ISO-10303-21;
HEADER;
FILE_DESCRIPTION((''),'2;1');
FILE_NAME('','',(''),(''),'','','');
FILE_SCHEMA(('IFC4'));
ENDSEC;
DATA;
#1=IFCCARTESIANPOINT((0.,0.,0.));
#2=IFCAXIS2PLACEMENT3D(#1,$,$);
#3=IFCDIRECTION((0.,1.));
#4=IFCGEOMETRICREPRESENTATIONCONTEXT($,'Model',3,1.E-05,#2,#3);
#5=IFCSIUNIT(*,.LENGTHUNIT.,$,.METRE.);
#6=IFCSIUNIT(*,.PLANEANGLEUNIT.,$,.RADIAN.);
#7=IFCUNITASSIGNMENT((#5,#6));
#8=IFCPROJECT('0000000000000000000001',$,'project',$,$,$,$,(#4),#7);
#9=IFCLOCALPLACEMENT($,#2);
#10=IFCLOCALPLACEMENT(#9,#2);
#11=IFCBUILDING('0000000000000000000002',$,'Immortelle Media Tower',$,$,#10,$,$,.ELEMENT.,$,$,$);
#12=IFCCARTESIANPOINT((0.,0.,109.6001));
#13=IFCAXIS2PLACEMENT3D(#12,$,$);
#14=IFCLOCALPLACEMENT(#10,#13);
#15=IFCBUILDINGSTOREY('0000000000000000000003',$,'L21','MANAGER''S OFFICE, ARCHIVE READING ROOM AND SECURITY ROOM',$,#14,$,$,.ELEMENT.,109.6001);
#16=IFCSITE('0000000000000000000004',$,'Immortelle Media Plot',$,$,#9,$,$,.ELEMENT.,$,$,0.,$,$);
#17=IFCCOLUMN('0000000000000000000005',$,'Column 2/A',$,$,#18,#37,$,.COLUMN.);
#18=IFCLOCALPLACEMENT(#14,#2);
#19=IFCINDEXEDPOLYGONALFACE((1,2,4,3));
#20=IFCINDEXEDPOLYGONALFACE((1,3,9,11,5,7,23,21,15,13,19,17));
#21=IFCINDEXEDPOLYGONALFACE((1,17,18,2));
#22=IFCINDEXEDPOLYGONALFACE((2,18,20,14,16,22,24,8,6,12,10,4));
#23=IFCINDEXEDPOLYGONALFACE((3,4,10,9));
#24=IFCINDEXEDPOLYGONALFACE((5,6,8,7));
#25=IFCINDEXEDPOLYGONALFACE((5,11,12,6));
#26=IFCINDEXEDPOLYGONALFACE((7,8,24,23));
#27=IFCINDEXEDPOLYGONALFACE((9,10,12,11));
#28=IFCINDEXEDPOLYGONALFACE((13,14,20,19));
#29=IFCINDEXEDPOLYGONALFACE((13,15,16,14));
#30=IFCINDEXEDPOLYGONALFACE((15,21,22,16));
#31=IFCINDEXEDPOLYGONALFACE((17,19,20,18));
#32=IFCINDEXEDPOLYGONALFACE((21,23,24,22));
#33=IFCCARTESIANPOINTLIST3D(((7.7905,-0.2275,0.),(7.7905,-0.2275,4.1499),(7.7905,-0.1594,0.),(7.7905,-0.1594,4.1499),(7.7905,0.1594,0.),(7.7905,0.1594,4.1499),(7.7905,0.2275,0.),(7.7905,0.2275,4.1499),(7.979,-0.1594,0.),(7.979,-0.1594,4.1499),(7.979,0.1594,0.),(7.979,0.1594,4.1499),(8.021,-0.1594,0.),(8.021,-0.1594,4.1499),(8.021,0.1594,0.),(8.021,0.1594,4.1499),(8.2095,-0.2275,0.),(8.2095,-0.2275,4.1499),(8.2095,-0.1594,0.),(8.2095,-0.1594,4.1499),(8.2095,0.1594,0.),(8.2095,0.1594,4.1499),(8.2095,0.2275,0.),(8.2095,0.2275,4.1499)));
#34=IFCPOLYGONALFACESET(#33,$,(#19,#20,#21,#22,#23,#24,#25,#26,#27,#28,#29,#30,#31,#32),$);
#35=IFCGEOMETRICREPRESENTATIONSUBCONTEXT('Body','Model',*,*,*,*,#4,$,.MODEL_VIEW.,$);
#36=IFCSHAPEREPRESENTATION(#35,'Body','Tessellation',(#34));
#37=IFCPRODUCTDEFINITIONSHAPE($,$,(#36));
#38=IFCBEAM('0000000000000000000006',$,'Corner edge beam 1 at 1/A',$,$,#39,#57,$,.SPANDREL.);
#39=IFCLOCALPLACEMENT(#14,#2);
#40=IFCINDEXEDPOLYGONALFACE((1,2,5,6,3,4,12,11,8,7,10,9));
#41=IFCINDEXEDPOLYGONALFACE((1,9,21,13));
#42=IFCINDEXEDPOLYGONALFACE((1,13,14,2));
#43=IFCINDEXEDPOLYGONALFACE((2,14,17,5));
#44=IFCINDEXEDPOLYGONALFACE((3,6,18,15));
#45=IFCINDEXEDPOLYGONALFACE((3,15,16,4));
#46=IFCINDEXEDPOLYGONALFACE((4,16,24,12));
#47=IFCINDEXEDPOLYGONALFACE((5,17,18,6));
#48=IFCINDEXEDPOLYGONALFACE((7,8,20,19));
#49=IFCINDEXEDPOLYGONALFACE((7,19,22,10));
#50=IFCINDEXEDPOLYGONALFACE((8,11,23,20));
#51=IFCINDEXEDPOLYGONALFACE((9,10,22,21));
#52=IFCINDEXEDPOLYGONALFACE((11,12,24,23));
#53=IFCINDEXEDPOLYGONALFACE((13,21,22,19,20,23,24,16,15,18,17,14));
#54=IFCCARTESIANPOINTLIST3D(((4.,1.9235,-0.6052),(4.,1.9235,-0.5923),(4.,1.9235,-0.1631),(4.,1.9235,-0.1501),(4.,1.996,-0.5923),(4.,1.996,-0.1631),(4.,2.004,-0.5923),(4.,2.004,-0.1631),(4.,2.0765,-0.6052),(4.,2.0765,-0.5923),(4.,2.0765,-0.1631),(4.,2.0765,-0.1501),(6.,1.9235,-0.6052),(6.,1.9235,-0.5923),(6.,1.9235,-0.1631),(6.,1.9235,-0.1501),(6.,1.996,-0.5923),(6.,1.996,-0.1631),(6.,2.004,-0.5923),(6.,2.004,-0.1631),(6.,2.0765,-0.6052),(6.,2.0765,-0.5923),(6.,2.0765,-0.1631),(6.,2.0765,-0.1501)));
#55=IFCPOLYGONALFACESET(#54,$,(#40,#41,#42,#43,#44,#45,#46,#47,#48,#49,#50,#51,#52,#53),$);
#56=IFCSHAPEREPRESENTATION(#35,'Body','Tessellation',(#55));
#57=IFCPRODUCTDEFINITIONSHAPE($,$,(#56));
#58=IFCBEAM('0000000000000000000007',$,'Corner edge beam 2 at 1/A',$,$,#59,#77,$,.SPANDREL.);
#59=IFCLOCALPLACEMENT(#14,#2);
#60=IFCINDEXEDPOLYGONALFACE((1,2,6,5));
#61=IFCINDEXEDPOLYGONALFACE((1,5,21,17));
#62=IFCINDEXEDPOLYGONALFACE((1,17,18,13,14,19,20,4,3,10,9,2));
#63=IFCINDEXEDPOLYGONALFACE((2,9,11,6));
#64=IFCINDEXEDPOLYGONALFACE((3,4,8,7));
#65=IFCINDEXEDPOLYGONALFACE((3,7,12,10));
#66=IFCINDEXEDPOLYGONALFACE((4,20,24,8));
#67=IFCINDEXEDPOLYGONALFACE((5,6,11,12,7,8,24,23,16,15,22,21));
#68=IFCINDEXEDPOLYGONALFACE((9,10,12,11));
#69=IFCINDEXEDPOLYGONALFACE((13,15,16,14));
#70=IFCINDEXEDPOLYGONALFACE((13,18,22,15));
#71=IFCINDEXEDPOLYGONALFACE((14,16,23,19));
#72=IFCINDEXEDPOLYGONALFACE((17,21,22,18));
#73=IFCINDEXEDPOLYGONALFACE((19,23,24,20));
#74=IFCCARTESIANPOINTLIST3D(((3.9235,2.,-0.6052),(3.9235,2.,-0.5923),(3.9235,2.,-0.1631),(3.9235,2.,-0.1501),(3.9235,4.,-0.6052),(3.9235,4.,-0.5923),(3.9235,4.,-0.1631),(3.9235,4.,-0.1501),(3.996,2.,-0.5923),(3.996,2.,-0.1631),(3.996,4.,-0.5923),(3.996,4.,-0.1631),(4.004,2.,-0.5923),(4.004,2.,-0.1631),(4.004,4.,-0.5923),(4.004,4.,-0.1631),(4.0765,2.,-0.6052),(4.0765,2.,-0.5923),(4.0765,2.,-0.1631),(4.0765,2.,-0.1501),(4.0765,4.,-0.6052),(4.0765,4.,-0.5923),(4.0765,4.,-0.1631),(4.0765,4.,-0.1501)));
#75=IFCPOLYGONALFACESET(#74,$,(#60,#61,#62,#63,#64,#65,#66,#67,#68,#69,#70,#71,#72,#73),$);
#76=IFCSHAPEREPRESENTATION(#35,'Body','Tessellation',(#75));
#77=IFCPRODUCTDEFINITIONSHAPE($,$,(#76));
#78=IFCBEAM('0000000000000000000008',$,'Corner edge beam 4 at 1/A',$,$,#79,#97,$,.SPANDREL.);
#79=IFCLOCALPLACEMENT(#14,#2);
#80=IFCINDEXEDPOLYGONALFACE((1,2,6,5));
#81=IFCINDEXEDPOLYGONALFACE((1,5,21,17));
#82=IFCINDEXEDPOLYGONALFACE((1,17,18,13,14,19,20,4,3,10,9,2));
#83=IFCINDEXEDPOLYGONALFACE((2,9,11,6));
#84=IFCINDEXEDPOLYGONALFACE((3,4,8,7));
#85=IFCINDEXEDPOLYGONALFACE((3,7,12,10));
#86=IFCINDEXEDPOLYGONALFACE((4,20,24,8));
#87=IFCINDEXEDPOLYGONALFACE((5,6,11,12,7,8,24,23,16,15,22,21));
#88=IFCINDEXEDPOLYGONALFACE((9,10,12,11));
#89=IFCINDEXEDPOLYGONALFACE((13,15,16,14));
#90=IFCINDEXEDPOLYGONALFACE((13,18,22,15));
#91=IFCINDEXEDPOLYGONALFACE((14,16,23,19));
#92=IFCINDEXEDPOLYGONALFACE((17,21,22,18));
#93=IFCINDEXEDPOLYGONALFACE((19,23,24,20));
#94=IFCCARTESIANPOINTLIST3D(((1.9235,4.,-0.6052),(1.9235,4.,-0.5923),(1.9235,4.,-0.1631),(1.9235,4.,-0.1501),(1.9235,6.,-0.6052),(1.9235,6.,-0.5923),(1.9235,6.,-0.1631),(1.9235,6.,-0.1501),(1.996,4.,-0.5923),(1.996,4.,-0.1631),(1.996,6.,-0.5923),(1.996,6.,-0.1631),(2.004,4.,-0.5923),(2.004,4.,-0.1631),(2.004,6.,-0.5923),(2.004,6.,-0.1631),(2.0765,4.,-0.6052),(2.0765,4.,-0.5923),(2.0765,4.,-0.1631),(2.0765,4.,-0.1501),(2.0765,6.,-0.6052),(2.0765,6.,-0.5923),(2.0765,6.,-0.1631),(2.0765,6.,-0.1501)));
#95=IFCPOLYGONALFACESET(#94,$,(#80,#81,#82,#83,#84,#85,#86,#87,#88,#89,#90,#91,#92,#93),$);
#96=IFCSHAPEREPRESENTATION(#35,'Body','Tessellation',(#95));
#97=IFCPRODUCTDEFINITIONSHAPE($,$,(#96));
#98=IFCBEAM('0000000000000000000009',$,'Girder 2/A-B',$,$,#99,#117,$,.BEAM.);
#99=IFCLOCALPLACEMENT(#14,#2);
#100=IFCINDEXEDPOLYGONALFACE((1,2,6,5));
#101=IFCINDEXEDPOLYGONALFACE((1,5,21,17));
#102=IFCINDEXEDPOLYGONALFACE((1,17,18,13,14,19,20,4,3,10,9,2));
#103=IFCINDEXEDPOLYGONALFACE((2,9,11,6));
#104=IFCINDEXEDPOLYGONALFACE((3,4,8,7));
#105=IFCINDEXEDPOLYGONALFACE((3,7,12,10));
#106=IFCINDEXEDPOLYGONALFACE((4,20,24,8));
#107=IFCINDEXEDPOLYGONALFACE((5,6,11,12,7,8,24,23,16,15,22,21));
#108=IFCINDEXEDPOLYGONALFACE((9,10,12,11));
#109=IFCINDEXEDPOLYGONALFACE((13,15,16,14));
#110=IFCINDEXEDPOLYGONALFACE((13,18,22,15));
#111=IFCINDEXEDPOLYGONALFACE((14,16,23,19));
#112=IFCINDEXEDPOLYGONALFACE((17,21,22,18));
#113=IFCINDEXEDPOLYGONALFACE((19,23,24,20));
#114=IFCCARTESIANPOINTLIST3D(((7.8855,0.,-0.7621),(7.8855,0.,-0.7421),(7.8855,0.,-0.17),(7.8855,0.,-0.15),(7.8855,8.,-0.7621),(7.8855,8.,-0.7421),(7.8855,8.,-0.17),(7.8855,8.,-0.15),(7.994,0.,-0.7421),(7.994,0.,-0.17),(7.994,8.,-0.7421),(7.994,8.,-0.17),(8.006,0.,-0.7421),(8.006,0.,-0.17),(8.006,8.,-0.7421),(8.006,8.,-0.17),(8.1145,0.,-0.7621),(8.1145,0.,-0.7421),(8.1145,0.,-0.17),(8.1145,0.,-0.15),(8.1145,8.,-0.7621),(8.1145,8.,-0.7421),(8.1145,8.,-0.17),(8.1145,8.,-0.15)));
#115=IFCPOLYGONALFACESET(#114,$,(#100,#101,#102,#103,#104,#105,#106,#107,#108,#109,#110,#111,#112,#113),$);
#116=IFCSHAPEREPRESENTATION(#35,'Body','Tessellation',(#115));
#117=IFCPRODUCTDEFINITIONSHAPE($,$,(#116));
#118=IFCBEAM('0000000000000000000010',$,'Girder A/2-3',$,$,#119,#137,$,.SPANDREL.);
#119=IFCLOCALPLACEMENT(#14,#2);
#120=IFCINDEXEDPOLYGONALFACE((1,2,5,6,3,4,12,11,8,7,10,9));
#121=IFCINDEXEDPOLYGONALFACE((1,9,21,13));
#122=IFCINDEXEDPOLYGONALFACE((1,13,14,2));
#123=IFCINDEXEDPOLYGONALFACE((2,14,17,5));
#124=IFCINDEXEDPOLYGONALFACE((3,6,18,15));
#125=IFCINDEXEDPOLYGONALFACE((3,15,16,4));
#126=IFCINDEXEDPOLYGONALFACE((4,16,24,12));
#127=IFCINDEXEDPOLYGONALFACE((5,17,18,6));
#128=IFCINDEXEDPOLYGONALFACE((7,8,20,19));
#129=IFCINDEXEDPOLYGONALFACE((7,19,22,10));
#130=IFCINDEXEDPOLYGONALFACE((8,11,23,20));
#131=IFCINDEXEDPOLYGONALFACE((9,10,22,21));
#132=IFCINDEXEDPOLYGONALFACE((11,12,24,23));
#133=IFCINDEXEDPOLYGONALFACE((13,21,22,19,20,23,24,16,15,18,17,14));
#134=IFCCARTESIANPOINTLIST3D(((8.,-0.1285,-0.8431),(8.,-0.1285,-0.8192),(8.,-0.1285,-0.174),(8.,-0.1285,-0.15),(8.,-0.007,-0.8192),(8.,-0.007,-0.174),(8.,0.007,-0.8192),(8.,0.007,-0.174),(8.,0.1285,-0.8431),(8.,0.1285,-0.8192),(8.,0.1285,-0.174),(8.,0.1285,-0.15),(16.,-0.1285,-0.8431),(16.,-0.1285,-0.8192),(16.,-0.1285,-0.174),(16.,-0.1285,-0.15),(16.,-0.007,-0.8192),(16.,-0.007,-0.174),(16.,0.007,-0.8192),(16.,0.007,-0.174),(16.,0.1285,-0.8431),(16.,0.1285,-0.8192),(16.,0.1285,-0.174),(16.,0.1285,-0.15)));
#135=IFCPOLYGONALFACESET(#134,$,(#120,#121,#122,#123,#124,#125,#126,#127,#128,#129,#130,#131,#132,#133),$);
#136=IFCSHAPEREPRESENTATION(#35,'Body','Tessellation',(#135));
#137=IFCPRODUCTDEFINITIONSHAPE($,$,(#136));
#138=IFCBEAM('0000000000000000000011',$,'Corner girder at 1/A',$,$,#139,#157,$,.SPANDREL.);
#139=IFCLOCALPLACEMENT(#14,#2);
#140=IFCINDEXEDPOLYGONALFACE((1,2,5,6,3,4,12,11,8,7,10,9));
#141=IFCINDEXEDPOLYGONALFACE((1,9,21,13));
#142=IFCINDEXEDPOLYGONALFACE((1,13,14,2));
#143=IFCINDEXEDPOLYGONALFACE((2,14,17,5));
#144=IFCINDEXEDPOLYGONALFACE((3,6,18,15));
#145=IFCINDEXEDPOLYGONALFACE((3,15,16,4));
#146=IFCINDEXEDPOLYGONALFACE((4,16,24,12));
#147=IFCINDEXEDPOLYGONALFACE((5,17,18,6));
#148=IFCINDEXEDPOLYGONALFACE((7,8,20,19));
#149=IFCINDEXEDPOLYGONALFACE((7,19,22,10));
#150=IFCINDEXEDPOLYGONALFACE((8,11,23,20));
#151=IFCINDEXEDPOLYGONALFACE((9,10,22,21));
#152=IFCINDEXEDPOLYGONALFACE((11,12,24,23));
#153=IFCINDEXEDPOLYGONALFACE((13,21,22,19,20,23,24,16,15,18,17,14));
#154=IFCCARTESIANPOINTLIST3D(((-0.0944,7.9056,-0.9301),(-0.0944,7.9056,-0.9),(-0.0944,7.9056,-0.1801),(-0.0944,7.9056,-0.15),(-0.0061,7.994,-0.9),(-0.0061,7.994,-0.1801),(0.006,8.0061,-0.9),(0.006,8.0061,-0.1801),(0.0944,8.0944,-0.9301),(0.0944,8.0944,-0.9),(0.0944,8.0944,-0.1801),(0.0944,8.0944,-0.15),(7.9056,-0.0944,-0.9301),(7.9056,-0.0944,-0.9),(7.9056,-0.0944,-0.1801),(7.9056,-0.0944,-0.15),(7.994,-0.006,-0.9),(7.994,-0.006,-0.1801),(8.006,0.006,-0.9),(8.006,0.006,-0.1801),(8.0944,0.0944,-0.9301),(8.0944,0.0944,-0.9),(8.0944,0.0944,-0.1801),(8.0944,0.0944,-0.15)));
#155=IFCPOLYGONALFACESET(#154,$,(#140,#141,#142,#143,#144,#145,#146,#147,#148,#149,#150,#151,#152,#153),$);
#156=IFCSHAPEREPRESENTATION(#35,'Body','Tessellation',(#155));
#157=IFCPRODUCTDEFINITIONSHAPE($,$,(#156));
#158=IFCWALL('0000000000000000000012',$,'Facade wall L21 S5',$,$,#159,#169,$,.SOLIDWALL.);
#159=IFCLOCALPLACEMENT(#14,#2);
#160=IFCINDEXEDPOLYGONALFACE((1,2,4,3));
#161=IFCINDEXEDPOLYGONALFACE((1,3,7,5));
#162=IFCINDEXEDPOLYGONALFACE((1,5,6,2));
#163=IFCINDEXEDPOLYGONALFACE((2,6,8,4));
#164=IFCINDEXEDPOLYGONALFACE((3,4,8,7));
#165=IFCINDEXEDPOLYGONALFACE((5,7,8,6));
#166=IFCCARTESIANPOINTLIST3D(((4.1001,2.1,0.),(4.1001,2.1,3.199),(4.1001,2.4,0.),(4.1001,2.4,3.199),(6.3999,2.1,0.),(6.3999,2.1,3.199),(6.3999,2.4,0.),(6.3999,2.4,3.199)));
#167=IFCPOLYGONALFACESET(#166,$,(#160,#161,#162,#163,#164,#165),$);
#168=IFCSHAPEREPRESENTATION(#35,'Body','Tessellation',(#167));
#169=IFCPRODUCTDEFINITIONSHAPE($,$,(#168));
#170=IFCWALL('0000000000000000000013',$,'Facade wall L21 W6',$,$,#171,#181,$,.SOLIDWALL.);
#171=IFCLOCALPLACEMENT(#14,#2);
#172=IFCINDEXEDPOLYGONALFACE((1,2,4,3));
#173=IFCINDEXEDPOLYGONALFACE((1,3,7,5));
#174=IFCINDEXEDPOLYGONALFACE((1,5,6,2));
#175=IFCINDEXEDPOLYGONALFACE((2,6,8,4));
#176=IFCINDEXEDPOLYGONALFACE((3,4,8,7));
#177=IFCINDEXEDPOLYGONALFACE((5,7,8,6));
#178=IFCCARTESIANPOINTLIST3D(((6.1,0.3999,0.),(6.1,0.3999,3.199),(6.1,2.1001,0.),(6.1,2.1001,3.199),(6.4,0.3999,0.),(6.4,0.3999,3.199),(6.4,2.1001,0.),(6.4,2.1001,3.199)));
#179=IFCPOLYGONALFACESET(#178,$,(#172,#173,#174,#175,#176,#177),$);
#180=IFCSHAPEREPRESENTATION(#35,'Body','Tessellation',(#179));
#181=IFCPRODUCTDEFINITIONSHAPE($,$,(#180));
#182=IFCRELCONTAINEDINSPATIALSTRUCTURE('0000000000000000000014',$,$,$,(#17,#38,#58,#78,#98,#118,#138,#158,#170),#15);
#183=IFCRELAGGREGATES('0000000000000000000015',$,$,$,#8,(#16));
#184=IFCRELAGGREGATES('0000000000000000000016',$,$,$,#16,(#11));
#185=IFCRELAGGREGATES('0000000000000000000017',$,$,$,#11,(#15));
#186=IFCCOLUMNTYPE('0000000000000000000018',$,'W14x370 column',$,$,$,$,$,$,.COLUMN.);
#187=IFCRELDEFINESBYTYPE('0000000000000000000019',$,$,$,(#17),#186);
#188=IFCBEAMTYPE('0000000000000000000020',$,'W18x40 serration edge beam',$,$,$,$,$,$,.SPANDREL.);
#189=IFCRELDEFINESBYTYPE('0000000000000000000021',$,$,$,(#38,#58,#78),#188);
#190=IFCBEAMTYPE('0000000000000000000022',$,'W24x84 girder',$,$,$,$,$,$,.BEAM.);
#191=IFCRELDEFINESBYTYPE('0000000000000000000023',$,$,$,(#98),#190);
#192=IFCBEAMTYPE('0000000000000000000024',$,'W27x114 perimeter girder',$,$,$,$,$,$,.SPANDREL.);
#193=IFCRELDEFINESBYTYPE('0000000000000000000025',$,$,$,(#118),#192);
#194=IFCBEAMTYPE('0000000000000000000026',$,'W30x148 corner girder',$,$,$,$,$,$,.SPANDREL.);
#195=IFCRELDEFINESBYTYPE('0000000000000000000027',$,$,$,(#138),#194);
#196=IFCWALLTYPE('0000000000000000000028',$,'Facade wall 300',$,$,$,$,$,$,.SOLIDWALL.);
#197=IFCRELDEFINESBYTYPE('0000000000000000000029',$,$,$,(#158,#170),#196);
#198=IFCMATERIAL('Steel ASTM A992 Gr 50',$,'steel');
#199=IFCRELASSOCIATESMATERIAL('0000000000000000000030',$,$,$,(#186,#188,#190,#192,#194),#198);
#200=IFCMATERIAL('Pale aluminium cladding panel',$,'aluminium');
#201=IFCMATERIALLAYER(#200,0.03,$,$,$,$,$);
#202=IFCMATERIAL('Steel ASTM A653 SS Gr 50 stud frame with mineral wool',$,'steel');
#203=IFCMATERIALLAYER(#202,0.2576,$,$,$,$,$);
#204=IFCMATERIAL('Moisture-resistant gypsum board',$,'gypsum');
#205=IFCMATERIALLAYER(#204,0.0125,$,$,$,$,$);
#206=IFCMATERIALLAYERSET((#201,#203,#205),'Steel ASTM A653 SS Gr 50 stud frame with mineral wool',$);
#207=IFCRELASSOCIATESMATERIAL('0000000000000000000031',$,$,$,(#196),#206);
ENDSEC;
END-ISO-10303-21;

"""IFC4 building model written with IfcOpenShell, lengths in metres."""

from ifc_helpers import new_model, si_unit, direction, frame, frame_2d, origin, origin_2d, place, context, subcontext, project, spatial, rectangle, i_section, extrude, material, layer, layer_set, material_profile, profile_set, type_object, element, save


model = new_model("IFC4")

# Units and contexts
model_context = context("Model", 3, precision=1e-05, world=origin(), true_north=direction((0.0, 1.0)))
body_context = subcontext(model_context, "Body", "Model", "MODEL_VIEW")
ifc_project = project(units=[si_unit("LENGTHUNIT", "METRE"), si_unit("PLANEANGLEUNIT", "RADIAN")], contexts=[model_context])

# Site, building, storey
site_placement = place(None, origin())
site = spatial("IfcSite", under=ifc_project, at=site_placement, Name="Immortelle Media Plot", CompositionType="ELEMENT", RefElevation=0.0)
building_placement = place(site_placement, origin())
building = spatial("IfcBuilding", under=site, at=building_placement, Name="Immortelle Media Tower", CompositionType="ELEMENT")
storey_placement = place(building_placement, frame((0.0, 0.0, 109.6001)))
storey = spatial("IfcBuildingStorey", under=building, at=storey_placement, Name="L21", Description="MANAGER'S OFFICE, ARCHIVE READING ROOM AND SECURITY ROOM", CompositionType="ELEMENT", Elevation=109.6001)

# Column
ifc_material_1 = material(Name="Steel ASTM A992 Gr 50", Category="steel")
ifc_material_profile_1 = material_profile(ifc_material_1, i_section(OverallWidth=0.4189, OverallDepth=0.4551, WebThickness=0.042, FlangeThickness=0.0681, at=origin_2d()), Name="W14x370")
ifc_profile_set_1 = profile_set([ifc_material_profile_1], Name="Steel ASTM A992 Gr 50")
column_type = type_object("IfcColumnType", Name="W14x370 column", PredefinedType="COLUMN", material=ifc_profile_set_1)
column_placement = place(storey_placement, frame((8.0, 0.0, 0.0), z_axis=(0.0, 0.0, 1.0), x_axis=(1.0, 0.0, 0.0)))
element("IfcColumn", 1, at=column_placement, inside=storey, type_object=column_type, Name="Column 2/A", PredefinedType="COLUMN", context=body_context, shape_type="SweptSolid", body=[
    extrude(i_section(OverallWidth=0.4189, OverallDepth=0.4551, WebThickness=0.042, FlangeThickness=0.0681, at=origin_2d()), origin(), (0.0, 0.0, 1.0), 4.1499),
])

# Beams
ifc_material_profile_2 = material_profile(ifc_material_1, i_section(OverallWidth=0.1531, OverallDepth=0.4551, WebThickness=0.0081, FlangeThickness=0.0129, at=origin_2d()), Name="W18x40")
ifc_profile_set_2 = profile_set([ifc_material_profile_2], Name="Steel ASTM A992 Gr 50")
beam_type_1 = type_object("IfcBeamType", Name="W18x40 serration edge beam", PredefinedType="SPANDREL", material=ifc_profile_set_2)
for number, where, z_axis, x_axis, name in (
    (2, (6.0, 2.0, -0.3777), (-1.0, 0.0, 0.0), (0.0, -1.0, 0.0), "Corner edge beam 1 at 1/A"),
    (3, (4.0, 2.0, -0.3777), (0.0, 1.0, 0.0), (-1.0, 0.0, 0.0), "Corner edge beam 2 at 1/A"),
    (4, (2.0, 4.0, -0.3777), (0.0, 1.0, 0.0), (-1.0, 0.0, 0.0), "Corner edge beam 4 at 1/A"),
):
    element("IfcBeam", number, at=place(storey_placement, frame(where, z_axis=z_axis, x_axis=x_axis)), inside=storey, type_object=beam_type_1, Name=name, PredefinedType="SPANDREL", context=body_context, shape_type="SweptSolid", body=[
        extrude(i_section(OverallWidth=0.1531, OverallDepth=0.4551, WebThickness=0.0081, FlangeThickness=0.0129, at=origin_2d()), origin(), (0.0, 0.0, 1.0), 2.0),
    ])
ifc_material_profile_3 = material_profile(ifc_material_1, i_section(OverallWidth=0.229, OverallDepth=0.6121, WebThickness=0.012, FlangeThickness=0.02, at=origin_2d()), Name="W24x84")
ifc_profile_set_3 = profile_set([ifc_material_profile_3], Name="Steel ASTM A992 Gr 50")
beam_type_2 = type_object("IfcBeamType", Name="W24x84 girder", PredefinedType="BEAM", material=ifc_profile_set_3)
beam_1_placement = place(storey_placement, frame((8.0, 0.0, -0.4561), z_axis=(0.0, 1.0, 0.0), x_axis=(-1.0, 0.0, 0.0)))
element("IfcBeam", 5, at=beam_1_placement, inside=storey, type_object=beam_type_2, Name="Girder 2/A-B", PredefinedType="BEAM", context=body_context, shape_type="SweptSolid", body=[
    extrude(i_section(OverallWidth=0.229, OverallDepth=0.6121, WebThickness=0.012, FlangeThickness=0.02, at=origin_2d()), origin(), (0.0, 0.0, 1.0), 8.0),
])
ifc_material_profile_4 = material_profile(ifc_material_1, i_section(OverallWidth=0.2571, OverallDepth=0.6931, WebThickness=0.0139, FlangeThickness=0.0239, at=origin_2d()), Name="W27x114")
ifc_profile_set_4 = profile_set([ifc_material_profile_4], Name="Steel ASTM A992 Gr 50")
beam_type_3 = type_object("IfcBeamType", Name="W27x114 perimeter girder", PredefinedType="SPANDREL", material=ifc_profile_set_4)
beam_2_placement = place(storey_placement, frame((8.0, 0.0, -0.4966), z_axis=(1.0, 0.0, 0.0), x_axis=(0.0, 1.0, 0.0)))
element("IfcBeam", 6, at=beam_2_placement, inside=storey, type_object=beam_type_3, Name="Girder A/2-3", PredefinedType="SPANDREL", context=body_context, shape_type="SweptSolid", body=[
    extrude(i_section(OverallWidth=0.2571, OverallDepth=0.6931, WebThickness=0.0139, FlangeThickness=0.0239, at=origin_2d()), origin(), (0.0, 0.0, 1.0), 8.0),
])
ifc_material_profile_5 = material_profile(ifc_material_1, i_section(OverallWidth=0.2671, OverallDepth=0.78, WebThickness=0.0171, FlangeThickness=0.03, at=origin_2d()), Name="W30x148")
ifc_profile_set_5 = profile_set([ifc_material_profile_5], Name="Steel ASTM A992 Gr 50")
beam_type_4 = type_object("IfcBeamType", Name="W30x148 corner girder", PredefinedType="SPANDREL", material=ifc_profile_set_5)
beam_3_placement = place(storey_placement, frame((8.0, 0.0, -0.54), z_axis=(-0.707107, 0.707107, 0.0), x_axis=(-0.707107, -0.707107, 0.0)))
element("IfcBeam", 7, at=beam_3_placement, inside=storey, type_object=beam_type_4, Name="Corner girder at 1/A", PredefinedType="SPANDREL", context=body_context, shape_type="SweptSolid", body=[
    extrude(i_section(OverallWidth=0.2671, OverallDepth=0.78, WebThickness=0.0171, FlangeThickness=0.03, at=origin_2d()), origin(), (0.0, 0.0, 1.0), 11.3137),
])

# Walls
ifc_material_2 = material(Name="Pale aluminium cladding panel", Category="aluminium")
ifc_layer_1 = layer(ifc_material_2, 0.03)
ifc_material_3 = material(Name="Steel ASTM A653 SS Gr 50 stud frame with mineral wool", Category="steel")
ifc_layer_2 = layer(ifc_material_3, 0.2576)
ifc_material_4 = material(Name="Moisture-resistant gypsum board", Category="gypsum")
ifc_layer_3 = layer(ifc_material_4, 0.0125)
ifc_layer_set_1 = layer_set([ifc_layer_1, ifc_layer_2, ifc_layer_3], Name="Steel ASTM A653 SS Gr 50 stud frame with mineral wool")
wall_type_1 = type_object("IfcWallType", Name="Facade wall 300", PredefinedType="SOLIDWALL", material=ifc_layer_set_1)
wall_1_placement = place(storey_placement, frame((4.1001, 2.25, 0.0), z_axis=(0.0, 0.0, 1.0), x_axis=(1.0, 0.0, 0.0)))
element("IfcWall", 8, at=wall_1_placement, inside=storey, type_object=wall_type_1, Name="Facade wall L21 S5", PredefinedType="SOLIDWALL", context=body_context, shape_type="SweptSolid", body=[
    extrude(rectangle(XDim=2.2998, YDim=0.3, at=frame_2d((1.1499, 0.0))), origin(), (0.0, 0.0, 1.0), 3.199),
])
wall_2_placement = place(storey_placement, frame((6.25, 2.1001, 0.0), z_axis=(0.0, 0.0, 1.0), x_axis=(0.0, -1.0, 0.0)))
element("IfcWall", 9, at=wall_2_placement, inside=storey, type_object=wall_type_1, Name="Facade wall L21 W6", PredefinedType="SOLIDWALL", context=body_context, shape_type="SweptSolid", body=[
    extrude(rectangle(XDim=1.7002, YDim=0.3, at=frame_2d((0.8501, 0.0))), origin(), (0.0, 0.0, 1.0), 3.199),
])

save(model, "model.ifc")
